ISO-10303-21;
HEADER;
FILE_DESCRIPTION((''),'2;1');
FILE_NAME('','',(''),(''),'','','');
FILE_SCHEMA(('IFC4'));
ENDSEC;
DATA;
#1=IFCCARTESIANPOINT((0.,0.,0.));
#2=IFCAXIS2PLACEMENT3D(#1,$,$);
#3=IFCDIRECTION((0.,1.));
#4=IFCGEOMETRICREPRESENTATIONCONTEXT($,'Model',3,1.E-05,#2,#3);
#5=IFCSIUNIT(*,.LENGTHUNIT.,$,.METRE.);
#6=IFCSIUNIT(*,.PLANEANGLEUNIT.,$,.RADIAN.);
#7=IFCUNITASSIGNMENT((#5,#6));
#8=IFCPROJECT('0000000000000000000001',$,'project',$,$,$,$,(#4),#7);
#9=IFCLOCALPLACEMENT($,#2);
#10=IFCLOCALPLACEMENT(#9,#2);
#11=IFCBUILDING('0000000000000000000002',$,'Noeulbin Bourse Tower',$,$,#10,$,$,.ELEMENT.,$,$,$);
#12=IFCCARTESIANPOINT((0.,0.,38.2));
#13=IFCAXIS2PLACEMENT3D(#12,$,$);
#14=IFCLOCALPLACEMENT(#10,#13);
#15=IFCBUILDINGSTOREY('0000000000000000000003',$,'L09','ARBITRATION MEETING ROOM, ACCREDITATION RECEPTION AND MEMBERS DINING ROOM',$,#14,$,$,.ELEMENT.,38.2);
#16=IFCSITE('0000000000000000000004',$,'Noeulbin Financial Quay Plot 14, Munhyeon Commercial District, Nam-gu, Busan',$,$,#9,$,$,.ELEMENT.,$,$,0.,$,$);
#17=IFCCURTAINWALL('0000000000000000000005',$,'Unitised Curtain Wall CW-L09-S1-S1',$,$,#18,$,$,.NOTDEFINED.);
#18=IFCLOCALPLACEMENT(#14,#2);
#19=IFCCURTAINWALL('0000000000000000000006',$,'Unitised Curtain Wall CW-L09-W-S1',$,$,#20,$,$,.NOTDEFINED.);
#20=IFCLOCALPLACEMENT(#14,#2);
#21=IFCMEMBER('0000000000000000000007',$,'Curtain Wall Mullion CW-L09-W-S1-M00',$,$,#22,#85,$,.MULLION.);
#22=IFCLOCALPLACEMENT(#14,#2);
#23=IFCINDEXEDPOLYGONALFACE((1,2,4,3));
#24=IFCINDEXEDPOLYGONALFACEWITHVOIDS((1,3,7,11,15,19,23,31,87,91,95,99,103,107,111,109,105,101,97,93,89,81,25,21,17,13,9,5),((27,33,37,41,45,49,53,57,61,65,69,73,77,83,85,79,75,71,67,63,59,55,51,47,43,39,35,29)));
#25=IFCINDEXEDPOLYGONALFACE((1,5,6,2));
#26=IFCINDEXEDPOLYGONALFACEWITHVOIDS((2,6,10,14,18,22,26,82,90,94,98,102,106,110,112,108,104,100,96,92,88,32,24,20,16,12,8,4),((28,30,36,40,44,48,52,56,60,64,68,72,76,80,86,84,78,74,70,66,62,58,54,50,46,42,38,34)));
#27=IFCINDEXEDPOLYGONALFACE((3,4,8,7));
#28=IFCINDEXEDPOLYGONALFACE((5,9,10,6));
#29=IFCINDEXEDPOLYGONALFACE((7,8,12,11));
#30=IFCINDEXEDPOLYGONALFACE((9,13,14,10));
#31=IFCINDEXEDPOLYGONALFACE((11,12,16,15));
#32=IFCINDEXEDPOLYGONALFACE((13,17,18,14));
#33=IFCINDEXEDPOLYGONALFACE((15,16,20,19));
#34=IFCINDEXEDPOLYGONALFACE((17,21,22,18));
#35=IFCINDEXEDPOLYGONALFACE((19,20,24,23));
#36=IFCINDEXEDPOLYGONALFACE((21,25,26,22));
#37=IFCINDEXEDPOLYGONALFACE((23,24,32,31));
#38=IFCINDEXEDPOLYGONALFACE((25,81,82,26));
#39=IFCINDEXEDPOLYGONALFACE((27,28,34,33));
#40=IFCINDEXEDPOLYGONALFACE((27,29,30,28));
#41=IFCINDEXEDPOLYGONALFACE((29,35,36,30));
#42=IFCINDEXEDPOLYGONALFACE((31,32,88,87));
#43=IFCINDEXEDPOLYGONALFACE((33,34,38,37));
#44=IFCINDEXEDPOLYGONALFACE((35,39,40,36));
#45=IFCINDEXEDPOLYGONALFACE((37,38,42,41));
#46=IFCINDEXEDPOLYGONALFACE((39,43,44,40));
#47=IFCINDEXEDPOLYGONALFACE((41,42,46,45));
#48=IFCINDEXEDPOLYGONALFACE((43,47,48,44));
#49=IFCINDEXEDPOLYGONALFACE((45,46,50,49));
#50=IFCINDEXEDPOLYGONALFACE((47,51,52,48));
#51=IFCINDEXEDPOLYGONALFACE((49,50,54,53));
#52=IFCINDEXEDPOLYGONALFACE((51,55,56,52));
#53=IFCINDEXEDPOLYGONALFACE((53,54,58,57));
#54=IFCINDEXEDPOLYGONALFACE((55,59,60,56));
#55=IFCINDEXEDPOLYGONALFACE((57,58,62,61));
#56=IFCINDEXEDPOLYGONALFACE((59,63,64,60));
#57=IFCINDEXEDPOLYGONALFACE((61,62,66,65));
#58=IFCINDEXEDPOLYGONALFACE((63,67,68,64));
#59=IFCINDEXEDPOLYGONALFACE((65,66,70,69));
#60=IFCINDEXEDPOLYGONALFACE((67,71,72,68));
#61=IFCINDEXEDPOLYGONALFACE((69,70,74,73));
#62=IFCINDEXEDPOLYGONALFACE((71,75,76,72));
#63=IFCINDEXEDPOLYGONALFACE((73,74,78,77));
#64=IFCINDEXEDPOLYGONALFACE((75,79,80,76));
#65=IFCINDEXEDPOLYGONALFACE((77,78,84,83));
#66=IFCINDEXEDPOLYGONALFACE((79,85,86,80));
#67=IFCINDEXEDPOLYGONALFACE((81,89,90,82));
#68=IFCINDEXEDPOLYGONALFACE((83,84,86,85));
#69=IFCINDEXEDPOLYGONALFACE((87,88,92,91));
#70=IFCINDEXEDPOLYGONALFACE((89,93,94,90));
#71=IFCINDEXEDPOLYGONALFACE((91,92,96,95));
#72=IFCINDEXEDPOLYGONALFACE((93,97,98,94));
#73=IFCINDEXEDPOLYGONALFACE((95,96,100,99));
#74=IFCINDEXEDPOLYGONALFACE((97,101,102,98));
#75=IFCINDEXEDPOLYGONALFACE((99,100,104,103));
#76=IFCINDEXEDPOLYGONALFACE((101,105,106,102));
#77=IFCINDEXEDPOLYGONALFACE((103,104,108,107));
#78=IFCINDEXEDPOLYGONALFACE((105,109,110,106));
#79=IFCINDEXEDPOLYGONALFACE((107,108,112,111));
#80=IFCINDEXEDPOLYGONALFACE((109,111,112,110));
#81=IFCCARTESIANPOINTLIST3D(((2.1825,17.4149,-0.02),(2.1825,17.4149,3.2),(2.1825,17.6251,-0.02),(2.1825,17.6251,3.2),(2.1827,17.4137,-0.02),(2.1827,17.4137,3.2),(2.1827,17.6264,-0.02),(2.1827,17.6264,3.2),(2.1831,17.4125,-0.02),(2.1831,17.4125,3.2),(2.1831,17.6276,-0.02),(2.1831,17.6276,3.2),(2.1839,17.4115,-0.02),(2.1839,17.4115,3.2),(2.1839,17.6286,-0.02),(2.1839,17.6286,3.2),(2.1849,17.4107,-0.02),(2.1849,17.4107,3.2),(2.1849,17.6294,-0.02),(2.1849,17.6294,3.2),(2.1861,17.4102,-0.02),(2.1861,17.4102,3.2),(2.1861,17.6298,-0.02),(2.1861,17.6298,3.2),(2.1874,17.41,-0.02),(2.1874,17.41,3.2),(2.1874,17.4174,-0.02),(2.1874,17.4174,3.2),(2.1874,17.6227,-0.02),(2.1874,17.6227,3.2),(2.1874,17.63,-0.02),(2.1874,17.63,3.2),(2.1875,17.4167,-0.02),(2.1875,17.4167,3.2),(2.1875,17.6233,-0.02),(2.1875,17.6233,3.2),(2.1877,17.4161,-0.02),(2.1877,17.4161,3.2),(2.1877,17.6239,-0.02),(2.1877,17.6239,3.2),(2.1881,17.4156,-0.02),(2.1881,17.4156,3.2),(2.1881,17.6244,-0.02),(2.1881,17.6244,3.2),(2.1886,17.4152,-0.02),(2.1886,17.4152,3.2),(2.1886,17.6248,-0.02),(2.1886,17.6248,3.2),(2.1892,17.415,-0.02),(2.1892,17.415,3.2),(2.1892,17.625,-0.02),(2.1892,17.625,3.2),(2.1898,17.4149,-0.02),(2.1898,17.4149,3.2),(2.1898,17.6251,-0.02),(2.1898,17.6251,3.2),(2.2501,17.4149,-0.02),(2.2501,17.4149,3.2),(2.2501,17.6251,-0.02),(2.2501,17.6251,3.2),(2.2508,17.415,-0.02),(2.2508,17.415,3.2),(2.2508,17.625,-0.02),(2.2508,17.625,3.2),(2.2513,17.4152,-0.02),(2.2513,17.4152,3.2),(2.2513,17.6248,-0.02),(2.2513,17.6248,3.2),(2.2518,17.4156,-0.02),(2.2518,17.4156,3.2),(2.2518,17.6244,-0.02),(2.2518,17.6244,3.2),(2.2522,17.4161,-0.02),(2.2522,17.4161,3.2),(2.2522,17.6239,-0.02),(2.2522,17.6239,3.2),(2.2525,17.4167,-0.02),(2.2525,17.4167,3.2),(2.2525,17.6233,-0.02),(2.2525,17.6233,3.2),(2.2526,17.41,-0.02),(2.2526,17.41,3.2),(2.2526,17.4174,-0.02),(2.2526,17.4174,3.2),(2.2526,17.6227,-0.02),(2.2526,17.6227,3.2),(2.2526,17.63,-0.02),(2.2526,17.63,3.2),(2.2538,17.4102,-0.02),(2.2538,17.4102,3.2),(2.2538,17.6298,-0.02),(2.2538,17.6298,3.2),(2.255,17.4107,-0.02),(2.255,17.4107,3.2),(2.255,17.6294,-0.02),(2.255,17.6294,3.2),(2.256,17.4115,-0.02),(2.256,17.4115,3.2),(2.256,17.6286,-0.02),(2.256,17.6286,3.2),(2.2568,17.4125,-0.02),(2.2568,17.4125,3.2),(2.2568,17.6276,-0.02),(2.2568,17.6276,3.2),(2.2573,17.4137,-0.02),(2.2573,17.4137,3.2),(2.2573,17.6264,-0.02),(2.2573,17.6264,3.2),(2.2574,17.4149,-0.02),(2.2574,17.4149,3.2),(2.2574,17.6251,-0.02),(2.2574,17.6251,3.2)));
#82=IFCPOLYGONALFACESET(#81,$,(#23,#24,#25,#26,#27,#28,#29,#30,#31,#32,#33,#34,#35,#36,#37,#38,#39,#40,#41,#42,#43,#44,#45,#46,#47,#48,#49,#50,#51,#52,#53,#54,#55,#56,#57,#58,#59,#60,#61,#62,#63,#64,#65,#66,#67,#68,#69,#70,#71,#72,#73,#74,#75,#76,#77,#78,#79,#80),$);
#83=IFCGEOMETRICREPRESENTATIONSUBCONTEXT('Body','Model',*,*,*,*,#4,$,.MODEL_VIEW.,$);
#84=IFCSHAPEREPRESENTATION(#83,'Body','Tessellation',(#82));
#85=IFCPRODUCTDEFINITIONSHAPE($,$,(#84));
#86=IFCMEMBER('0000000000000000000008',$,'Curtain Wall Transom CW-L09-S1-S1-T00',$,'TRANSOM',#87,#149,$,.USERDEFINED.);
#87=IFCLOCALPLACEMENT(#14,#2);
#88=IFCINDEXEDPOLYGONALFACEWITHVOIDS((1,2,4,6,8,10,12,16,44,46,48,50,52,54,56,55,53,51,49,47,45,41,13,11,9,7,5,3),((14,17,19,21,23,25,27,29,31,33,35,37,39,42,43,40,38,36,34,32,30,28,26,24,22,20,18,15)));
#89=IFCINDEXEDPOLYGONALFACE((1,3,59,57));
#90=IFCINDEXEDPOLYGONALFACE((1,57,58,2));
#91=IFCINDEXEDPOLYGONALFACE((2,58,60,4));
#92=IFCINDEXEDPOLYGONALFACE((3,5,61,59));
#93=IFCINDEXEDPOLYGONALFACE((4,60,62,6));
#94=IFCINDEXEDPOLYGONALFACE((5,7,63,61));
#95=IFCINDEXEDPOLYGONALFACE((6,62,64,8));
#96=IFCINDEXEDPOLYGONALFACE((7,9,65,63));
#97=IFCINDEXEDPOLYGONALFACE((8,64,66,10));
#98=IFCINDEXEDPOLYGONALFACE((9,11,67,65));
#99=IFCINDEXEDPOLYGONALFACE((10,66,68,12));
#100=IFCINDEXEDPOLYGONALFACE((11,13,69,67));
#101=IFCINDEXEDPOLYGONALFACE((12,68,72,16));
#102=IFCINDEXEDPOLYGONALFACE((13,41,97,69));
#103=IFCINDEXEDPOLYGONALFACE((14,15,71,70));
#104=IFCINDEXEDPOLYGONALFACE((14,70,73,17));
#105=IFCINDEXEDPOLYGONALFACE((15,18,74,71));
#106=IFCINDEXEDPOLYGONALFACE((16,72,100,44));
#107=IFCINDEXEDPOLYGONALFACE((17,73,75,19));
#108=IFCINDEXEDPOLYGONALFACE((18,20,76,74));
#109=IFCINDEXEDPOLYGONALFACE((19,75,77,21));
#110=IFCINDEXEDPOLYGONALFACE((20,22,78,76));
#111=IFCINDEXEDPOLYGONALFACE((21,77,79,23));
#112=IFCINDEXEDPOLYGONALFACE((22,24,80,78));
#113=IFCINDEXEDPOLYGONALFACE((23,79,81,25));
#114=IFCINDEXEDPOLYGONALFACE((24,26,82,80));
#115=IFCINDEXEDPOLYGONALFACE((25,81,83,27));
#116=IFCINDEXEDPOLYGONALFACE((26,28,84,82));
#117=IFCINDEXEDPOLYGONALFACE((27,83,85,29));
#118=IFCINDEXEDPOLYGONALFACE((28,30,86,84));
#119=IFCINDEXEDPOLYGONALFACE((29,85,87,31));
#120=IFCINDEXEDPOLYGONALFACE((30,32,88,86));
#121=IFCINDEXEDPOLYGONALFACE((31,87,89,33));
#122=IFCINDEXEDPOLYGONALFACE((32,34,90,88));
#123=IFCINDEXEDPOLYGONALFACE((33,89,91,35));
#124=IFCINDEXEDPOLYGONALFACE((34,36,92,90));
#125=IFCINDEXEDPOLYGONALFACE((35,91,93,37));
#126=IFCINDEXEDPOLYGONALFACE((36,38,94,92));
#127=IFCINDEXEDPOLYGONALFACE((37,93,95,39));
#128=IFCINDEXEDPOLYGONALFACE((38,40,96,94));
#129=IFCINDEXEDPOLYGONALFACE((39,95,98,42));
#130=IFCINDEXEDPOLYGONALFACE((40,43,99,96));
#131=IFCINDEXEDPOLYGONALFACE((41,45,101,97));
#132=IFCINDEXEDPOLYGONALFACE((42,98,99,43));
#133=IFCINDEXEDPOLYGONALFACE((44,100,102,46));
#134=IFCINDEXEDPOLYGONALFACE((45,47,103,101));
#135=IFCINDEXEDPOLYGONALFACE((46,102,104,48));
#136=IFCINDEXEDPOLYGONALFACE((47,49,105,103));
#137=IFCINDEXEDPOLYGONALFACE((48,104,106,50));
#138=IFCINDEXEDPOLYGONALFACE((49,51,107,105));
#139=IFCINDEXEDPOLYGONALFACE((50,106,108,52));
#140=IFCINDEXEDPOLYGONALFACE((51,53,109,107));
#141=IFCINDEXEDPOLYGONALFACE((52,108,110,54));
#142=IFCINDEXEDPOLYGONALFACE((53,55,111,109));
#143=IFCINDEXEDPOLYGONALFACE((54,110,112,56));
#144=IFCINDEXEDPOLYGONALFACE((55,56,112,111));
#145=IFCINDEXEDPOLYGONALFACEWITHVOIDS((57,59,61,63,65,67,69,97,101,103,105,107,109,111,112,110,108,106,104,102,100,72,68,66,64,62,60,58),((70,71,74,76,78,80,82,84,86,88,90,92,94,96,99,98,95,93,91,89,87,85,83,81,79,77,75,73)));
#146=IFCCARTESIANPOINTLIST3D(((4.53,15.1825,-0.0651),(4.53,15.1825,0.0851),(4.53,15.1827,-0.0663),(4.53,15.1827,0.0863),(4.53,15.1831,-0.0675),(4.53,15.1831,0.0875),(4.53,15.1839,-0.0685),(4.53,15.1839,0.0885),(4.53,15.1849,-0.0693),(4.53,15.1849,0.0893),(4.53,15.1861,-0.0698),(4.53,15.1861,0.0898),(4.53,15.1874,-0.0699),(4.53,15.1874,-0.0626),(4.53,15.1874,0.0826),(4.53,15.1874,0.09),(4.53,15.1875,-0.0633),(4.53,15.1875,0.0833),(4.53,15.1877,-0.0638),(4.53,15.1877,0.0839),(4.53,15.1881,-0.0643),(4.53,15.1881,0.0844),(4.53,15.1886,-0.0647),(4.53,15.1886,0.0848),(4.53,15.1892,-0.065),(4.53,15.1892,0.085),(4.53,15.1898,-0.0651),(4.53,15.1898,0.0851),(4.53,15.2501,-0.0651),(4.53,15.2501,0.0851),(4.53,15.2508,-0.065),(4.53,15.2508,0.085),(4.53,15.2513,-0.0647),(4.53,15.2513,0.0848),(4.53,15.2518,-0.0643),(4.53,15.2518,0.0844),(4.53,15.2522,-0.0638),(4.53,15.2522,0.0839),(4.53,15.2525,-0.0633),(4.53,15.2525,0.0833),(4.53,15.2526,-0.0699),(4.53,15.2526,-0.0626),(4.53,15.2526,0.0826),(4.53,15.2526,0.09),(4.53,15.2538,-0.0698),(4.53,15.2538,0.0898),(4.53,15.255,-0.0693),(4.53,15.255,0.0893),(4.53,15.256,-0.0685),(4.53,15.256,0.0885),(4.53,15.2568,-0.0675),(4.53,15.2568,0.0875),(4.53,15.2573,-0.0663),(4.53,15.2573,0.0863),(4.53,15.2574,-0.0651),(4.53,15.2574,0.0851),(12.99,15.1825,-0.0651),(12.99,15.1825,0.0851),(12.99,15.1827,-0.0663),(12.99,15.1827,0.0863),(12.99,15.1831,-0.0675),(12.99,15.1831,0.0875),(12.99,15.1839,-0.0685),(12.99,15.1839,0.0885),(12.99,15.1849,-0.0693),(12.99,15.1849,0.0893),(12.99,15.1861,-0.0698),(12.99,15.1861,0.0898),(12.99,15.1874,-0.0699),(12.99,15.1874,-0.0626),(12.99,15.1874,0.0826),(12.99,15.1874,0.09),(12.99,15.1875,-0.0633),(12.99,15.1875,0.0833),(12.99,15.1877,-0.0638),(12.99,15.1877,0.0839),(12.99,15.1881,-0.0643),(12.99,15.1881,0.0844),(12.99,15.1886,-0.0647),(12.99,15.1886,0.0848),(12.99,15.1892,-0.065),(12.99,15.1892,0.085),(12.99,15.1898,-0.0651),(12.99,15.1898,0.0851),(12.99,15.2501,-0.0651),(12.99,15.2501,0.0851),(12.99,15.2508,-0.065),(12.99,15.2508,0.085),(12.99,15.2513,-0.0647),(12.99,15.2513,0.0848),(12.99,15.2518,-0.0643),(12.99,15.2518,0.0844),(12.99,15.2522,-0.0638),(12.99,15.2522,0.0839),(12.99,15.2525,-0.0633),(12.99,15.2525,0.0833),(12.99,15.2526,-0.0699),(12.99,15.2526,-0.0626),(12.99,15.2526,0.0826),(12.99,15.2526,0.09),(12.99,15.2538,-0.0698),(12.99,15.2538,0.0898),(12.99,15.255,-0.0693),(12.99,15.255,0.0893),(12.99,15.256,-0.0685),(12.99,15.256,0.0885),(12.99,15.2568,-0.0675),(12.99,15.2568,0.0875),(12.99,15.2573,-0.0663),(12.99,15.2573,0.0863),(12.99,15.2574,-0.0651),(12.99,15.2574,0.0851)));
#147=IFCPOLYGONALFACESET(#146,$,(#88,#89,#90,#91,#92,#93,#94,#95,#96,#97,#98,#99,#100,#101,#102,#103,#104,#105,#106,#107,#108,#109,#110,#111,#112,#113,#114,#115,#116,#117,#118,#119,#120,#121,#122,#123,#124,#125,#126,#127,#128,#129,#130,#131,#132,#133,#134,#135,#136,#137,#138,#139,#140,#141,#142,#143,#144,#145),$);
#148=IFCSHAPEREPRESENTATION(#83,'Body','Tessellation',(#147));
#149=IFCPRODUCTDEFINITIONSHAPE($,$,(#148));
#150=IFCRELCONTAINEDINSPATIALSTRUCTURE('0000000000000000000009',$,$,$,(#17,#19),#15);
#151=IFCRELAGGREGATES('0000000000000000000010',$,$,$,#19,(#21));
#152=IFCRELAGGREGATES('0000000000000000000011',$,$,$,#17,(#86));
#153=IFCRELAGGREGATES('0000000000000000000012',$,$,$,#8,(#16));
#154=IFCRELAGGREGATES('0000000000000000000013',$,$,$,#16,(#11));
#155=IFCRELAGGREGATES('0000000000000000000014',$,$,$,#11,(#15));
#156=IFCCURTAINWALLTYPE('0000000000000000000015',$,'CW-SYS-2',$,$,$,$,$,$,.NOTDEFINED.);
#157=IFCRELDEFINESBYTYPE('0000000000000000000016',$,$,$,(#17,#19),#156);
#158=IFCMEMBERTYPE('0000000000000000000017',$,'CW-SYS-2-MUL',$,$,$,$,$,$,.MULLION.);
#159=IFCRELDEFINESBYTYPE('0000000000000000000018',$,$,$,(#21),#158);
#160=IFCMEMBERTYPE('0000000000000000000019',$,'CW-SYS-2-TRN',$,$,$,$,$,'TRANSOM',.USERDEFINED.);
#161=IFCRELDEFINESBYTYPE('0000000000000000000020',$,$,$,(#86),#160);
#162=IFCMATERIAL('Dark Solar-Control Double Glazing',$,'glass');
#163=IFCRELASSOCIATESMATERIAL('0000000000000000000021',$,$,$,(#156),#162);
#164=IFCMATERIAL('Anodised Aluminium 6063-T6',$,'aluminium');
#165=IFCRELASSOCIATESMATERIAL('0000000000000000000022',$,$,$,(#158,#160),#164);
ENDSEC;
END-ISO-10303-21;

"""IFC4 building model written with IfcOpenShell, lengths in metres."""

from ifc_helpers import new_model, si_unit, direction, frame, origin, origin_2d, place, context, subcontext, project, spatial, hollow_rectangle, extrude, material, material_profile, profile_set, type_object, element, aggregate, save


model = new_model("IFC4")

# Units and contexts
model_context = context("Model", 3, precision=1e-05, world=origin(), true_north=direction((0.0, 1.0)))
body_context = subcontext(model_context, "Body", "Model", "MODEL_VIEW")
ifc_project = project(units=[si_unit("LENGTHUNIT", "METRE"), si_unit("PLANEANGLEUNIT", "RADIAN")], contexts=[model_context])

# Site, building, storey
site_placement = place(None, origin())
site = spatial("IfcSite", under=ifc_project, at=site_placement, Name="Noeulbin Financial Quay Plot 14, Munhyeon Commercial District, Nam-gu, Busan", CompositionType="ELEMENT", RefElevation=0.0)
building_placement = place(site_placement, origin())
building = spatial("IfcBuilding", under=site, at=building_placement, Name="Noeulbin Bourse Tower", CompositionType="ELEMENT")
storey_placement = place(building_placement, frame((0.0, 0.0, 38.2)))
storey = spatial("IfcBuildingStorey", under=building, at=storey_placement, Name="L09", Description="ARBITRATION MEETING ROOM, ACCREDITATION RECEPTION AND MEMBERS DINING ROOM", CompositionType="ELEMENT", Elevation=38.2)

# Curtain wall
ifc_material_1 = material(Name="Dark Solar-Control Double Glazing", Category="glass")
curtain_wall_type = type_object("IfcCurtainWallType", Name="CW-SYS-2", PredefinedType="NOTDEFINED", material=ifc_material_1)
curtain_wall_1_placement = place(storey_placement, origin())
curtain_wall_1 = element("IfcCurtainWall", 1, at=curtain_wall_1_placement, inside=storey, type_object=curtain_wall_type, Name="Unitised Curtain Wall CW-L09-S1-S1", PredefinedType="NOTDEFINED")
ifc_material_2 = material(Name="Anodised Aluminium 6063-T6", Category="aluminium")
ifc_material_profile_1 = material_profile(ifc_material_2, hollow_rectangle(XDim=0.075, YDim=0.22, WallThickness=0.0049, InnerFilletRadius=0.0024, OuterFilletRadius=0.0049, at=origin_2d()), Name="ALU-MULL-75x220x5", Category="LoadBearing")
ifc_profile_set_1 = profile_set([ifc_material_profile_1], Name="Anodised Aluminium 6063-T6")
member_type_1 = type_object("IfcMemberType", Name="CW-SYS-2-MUL", PredefinedType="MULLION", material=ifc_profile_set_1)

# Curtain wall, member
curtain_wall_2_placement = place(storey_placement, origin())
curtain_wall_2 = element("IfcCurtainWall", 2, at=curtain_wall_2_placement, inside=storey, type_object=curtain_wall_type, Name="Unitised Curtain Wall CW-L09-W-S1", PredefinedType="NOTDEFINED")
member_1_placement = place(storey_placement, frame((2.22, 17.52, -0.02), z_axis=(0.0, 0.0, 1.0), x_axis=(1.0, 0.0, 0.0)))
member_1 = element("IfcMember", 3, at=member_1_placement, type_object=member_type_1, Name="Curtain Wall Mullion CW-L09-W-S1-M00", PredefinedType="MULLION", context=body_context, shape_type="SweptSolid", body=[
    extrude(hollow_rectangle(XDim=0.075, YDim=0.22, WallThickness=0.0049, InnerFilletRadius=0.0024, OuterFilletRadius=0.0049, at=origin_2d()), origin(), (0.0, 0.0, 1.0), 3.22),
])
aggregate(curtain_wall_2, [member_1])

# Member
ifc_material_profile_2 = material_profile(ifc_material_2, hollow_rectangle(XDim=0.075, YDim=0.1599, WallThickness=0.0049, InnerFilletRadius=0.0024, OuterFilletRadius=0.0049, at=origin_2d()), Name="ALU-TRAN-75x160x5", Category="LoadBearing")
ifc_profile_set_2 = profile_set([ifc_material_profile_2], Name="Anodised Aluminium 6063-T6")
member_type_2 = type_object("IfcMemberType", Name="CW-SYS-2-TRN", ElementType="TRANSOM", PredefinedType="USERDEFINED", material=ifc_profile_set_2)
member_2_placement = place(storey_placement, frame((4.53, 15.22, 0.01), z_axis=(1.0, 0.0, 0.0), x_axis=(0.0, 1.0, 0.0)))
member_2 = element("IfcMember", 4, at=member_2_placement, type_object=member_type_2, Name="Curtain Wall Transom CW-L09-S1-S1-T00", ObjectType="TRANSOM", PredefinedType="USERDEFINED", context=body_context, shape_type="SweptSolid", body=[
    extrude(hollow_rectangle(XDim=0.075, YDim=0.1599, WallThickness=0.0049, InnerFilletRadius=0.0024, OuterFilletRadius=0.0049, at=origin_2d()), origin(), (0.0, 0.0, 1.0), 8.46),
])

aggregate(curtain_wall_1, [member_2])

save(model, "model.ifc")
